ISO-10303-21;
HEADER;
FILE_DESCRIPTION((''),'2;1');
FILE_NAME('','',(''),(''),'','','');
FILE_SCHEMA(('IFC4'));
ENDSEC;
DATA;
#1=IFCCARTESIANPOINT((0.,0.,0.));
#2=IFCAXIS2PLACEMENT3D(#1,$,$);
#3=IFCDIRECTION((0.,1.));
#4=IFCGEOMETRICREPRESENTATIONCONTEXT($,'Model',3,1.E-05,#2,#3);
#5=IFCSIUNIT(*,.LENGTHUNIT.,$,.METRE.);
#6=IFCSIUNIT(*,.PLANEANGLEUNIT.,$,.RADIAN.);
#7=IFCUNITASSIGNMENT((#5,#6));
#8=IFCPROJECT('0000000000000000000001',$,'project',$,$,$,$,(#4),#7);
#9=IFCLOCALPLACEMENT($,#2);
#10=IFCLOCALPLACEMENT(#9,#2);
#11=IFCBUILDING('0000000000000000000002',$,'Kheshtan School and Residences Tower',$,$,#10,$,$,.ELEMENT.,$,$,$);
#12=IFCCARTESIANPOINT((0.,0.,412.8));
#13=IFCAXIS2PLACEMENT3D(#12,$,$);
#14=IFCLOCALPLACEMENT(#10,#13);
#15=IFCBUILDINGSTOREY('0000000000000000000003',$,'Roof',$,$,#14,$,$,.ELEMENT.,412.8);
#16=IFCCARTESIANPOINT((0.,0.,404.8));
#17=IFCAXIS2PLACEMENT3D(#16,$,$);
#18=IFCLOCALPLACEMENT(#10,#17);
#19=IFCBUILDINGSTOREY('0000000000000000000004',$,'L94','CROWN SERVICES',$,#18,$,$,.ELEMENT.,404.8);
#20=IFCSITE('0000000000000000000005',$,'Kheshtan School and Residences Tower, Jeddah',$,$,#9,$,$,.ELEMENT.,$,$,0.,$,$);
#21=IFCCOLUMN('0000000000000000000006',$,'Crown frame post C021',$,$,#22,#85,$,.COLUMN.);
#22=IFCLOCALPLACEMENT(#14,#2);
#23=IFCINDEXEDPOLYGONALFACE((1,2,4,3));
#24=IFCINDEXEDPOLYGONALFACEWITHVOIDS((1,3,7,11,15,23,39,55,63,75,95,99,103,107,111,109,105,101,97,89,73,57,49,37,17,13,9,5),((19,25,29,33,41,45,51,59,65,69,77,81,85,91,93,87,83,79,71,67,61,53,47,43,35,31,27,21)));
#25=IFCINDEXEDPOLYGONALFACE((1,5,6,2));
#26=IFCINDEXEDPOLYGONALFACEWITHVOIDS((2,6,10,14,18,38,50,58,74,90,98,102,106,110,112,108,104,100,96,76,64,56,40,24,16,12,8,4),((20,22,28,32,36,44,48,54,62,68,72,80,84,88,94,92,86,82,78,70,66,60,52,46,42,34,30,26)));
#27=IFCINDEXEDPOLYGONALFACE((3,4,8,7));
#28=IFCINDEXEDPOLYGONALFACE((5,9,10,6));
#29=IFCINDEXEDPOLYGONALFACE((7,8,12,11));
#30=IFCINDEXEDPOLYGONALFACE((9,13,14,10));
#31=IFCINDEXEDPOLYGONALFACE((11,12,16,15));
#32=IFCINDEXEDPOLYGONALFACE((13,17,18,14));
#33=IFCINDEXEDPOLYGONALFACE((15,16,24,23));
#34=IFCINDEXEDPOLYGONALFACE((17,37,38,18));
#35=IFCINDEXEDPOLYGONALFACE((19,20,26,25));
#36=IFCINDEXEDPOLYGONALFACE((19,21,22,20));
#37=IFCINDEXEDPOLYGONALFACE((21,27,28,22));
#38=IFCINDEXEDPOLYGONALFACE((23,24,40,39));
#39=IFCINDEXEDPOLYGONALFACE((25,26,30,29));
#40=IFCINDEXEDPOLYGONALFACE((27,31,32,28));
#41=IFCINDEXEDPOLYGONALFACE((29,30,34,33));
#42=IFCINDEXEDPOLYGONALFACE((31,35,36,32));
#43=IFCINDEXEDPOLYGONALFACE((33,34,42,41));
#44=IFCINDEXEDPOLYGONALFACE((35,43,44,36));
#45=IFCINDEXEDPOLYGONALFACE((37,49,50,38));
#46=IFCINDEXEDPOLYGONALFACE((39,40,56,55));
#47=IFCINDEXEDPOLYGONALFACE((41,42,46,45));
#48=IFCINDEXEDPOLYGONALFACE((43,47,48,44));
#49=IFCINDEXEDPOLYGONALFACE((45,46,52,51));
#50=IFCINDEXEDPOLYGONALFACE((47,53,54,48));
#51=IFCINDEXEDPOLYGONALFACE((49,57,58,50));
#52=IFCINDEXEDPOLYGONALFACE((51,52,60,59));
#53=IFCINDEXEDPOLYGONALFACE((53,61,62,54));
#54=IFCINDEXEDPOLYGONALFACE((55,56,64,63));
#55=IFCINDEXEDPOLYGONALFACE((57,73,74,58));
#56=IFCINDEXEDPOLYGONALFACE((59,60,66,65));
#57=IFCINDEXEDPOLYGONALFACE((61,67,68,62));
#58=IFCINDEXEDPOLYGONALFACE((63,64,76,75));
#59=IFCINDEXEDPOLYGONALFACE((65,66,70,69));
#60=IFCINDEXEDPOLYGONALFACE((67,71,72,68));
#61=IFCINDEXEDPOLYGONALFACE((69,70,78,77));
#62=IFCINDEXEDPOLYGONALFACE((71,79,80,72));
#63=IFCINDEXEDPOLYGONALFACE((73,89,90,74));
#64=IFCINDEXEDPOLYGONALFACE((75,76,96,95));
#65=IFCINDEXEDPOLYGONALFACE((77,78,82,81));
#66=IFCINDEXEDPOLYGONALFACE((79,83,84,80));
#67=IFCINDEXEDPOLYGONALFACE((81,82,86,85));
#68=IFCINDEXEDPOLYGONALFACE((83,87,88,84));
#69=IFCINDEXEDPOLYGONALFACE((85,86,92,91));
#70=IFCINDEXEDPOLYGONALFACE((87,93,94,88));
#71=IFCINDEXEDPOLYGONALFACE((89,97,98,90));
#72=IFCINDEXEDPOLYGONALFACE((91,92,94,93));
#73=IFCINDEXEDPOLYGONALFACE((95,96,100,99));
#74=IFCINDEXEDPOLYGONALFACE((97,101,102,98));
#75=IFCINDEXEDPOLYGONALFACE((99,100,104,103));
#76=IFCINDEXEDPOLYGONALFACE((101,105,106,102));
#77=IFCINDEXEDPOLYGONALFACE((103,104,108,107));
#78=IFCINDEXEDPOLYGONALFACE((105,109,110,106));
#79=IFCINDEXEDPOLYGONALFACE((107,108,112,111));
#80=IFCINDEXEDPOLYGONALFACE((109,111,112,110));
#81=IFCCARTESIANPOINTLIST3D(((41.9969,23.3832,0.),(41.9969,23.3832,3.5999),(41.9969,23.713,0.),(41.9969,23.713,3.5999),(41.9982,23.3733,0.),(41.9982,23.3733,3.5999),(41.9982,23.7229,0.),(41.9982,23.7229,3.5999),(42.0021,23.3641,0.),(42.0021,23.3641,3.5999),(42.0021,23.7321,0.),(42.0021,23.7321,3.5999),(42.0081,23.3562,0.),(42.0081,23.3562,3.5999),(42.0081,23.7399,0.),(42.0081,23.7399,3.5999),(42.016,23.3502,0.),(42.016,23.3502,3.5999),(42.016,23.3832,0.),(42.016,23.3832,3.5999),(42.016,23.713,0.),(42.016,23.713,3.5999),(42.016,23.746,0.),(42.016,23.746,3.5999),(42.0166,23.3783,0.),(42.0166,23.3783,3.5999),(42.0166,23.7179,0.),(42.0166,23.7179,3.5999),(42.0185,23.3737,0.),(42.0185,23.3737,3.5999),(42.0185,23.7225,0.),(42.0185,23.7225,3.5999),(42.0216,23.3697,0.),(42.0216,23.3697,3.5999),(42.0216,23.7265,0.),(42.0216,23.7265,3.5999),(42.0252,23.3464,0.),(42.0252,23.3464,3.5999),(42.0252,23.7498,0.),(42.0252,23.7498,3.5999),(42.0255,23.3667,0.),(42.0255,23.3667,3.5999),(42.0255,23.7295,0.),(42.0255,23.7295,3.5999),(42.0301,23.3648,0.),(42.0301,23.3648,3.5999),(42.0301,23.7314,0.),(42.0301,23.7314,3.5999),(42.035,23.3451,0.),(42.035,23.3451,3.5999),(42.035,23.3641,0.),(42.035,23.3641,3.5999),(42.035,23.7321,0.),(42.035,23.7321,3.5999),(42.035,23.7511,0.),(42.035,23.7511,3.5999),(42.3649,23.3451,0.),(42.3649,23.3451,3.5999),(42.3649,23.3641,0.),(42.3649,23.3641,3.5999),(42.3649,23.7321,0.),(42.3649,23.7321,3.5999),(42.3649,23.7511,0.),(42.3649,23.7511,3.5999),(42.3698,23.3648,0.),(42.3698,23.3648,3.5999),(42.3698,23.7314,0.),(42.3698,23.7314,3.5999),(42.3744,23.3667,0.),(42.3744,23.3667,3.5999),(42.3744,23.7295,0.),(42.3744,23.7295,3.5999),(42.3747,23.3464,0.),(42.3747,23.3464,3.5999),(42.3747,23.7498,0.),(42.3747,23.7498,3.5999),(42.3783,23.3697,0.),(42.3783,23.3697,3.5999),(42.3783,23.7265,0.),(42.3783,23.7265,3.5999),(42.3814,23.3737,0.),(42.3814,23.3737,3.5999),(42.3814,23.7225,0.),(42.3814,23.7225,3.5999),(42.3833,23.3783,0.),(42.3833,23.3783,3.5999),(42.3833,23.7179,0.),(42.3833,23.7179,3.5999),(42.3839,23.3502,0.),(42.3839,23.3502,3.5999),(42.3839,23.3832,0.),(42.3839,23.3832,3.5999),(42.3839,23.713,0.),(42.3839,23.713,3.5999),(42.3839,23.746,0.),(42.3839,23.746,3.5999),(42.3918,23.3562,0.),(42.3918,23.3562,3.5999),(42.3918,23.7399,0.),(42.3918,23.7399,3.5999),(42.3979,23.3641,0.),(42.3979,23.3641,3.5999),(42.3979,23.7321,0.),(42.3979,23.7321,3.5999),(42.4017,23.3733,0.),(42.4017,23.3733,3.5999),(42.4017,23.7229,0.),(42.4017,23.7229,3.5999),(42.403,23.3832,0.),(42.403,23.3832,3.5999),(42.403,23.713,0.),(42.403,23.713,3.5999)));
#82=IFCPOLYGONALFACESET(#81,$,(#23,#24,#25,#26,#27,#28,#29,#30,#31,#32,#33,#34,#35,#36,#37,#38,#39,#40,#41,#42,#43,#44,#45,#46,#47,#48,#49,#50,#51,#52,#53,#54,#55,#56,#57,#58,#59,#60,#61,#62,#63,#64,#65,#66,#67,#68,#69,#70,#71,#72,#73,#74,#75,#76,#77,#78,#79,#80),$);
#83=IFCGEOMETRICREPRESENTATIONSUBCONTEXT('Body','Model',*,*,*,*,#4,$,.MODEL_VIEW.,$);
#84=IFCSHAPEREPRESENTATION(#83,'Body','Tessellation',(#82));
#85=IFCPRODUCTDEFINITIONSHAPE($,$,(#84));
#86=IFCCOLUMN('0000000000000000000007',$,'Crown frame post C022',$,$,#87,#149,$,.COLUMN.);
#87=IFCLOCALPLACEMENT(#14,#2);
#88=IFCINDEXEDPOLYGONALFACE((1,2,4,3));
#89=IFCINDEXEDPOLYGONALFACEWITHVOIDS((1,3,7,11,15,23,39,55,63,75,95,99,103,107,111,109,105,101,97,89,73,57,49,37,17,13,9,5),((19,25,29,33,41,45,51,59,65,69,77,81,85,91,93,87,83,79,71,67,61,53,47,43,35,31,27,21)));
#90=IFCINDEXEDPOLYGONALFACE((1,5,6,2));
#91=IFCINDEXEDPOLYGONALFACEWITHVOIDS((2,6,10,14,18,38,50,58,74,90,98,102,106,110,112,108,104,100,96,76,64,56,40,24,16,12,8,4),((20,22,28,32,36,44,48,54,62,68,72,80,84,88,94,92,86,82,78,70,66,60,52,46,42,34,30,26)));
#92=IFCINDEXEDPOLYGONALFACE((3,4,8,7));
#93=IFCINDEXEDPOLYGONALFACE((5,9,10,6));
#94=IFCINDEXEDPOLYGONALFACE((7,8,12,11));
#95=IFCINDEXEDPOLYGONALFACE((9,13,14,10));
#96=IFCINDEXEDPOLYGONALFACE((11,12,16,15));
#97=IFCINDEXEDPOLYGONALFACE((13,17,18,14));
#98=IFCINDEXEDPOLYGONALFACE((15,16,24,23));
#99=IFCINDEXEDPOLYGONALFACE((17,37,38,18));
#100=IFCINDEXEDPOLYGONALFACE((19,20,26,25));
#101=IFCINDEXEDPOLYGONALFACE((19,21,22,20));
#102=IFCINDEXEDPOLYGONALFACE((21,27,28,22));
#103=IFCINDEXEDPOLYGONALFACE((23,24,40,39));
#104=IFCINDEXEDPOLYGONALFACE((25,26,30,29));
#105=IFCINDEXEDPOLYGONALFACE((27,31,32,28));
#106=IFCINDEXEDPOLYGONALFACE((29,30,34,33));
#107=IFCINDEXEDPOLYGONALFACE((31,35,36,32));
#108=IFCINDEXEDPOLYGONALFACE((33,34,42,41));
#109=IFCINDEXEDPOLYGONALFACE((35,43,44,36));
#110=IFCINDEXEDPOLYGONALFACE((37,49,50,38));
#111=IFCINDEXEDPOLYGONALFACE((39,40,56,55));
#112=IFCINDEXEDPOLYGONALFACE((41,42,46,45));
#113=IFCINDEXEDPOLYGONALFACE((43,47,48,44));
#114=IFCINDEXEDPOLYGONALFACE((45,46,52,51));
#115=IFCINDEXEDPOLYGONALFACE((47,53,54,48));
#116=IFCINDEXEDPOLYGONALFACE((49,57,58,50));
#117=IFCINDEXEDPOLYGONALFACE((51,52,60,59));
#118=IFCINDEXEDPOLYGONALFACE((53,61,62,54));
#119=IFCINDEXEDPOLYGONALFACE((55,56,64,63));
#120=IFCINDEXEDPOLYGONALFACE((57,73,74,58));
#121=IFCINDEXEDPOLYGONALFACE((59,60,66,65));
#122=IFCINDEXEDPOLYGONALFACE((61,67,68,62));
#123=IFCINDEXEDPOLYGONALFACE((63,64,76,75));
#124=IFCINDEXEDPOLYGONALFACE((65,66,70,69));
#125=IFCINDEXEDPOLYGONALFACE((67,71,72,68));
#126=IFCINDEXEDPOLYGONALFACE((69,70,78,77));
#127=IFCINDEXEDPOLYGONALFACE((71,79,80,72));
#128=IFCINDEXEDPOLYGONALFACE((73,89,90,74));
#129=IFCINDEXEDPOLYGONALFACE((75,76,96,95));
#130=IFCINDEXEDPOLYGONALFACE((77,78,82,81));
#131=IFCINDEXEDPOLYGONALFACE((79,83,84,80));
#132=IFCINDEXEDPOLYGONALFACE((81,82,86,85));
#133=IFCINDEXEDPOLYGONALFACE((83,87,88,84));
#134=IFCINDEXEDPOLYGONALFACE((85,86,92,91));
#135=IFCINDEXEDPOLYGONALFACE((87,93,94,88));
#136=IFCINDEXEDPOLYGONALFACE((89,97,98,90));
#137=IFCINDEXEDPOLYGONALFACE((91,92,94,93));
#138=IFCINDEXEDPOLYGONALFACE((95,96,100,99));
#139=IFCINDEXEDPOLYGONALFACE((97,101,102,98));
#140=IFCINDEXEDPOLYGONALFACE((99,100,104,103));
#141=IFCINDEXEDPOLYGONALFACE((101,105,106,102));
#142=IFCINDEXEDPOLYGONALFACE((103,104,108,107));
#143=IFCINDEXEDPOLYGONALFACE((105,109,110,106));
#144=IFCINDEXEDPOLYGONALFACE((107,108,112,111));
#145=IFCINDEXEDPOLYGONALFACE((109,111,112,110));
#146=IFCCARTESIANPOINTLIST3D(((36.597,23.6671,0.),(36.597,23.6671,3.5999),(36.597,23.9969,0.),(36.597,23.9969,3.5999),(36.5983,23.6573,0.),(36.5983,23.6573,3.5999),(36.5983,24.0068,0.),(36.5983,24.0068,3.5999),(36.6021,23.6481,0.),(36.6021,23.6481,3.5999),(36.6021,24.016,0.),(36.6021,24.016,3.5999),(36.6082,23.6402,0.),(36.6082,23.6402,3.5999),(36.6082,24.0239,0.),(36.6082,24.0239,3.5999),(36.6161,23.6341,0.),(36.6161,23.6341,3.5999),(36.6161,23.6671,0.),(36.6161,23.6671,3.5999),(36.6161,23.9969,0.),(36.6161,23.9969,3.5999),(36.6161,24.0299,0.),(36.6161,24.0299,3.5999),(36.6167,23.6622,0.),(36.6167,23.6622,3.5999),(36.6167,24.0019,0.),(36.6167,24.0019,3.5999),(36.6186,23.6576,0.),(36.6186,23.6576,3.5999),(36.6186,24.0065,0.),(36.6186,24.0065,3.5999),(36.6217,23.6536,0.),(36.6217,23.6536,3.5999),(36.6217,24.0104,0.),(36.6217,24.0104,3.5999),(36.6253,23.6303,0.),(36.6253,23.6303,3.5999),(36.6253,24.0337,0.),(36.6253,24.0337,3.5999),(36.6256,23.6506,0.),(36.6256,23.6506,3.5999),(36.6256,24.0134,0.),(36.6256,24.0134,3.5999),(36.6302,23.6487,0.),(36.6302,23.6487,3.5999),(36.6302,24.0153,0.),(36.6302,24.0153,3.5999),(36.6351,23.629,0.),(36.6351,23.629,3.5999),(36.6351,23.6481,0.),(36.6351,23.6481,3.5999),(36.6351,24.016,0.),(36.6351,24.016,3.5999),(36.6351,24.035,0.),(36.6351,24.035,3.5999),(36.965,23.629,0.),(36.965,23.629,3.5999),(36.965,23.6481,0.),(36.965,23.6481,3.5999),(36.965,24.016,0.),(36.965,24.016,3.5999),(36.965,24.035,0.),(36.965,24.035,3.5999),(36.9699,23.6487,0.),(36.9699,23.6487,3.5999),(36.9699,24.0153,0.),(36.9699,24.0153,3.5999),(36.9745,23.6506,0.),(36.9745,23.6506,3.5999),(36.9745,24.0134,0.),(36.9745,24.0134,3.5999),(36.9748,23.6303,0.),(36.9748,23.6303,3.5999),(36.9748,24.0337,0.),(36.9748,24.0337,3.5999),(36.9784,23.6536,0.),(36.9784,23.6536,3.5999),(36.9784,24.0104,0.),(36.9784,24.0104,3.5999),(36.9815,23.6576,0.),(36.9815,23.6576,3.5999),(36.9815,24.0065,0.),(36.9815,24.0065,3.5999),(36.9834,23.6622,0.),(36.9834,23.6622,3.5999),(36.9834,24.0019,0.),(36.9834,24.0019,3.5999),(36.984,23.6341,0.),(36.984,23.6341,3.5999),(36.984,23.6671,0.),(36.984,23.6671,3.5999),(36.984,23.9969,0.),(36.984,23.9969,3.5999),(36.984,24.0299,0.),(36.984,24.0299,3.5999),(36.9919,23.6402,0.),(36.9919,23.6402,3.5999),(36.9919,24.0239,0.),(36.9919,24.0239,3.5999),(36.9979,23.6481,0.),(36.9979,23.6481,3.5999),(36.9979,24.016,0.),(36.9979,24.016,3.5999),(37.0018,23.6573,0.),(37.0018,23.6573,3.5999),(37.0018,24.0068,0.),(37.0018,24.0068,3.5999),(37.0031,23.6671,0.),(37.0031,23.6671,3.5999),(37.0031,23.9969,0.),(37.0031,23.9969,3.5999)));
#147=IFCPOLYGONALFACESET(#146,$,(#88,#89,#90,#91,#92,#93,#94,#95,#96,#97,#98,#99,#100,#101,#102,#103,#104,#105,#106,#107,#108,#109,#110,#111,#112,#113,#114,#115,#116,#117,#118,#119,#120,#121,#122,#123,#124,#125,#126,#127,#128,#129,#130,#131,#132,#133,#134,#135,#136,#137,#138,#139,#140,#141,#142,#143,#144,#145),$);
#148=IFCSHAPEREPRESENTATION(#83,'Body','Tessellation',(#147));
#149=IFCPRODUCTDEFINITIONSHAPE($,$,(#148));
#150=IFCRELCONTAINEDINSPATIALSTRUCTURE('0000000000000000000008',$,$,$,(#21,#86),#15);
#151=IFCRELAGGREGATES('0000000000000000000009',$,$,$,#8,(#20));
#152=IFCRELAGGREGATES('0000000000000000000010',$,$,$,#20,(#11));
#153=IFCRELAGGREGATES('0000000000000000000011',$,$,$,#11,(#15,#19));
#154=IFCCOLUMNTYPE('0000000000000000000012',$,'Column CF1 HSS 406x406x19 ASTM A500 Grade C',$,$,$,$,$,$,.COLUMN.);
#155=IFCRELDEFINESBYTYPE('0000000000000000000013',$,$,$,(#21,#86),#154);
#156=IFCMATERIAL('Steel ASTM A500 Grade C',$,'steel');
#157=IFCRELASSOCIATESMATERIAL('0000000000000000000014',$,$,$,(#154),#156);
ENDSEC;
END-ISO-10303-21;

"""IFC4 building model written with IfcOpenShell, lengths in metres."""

from ifc_helpers import new_model, si_unit, direction, frame, origin, origin_2d, place, context, subcontext, project, spatial, hollow_rectangle, extrude, material, material_profile, profile_set, type_object, element, save


model = new_model("IFC4")

# Units and contexts
model_context = context("Model", 3, precision=1e-05, world=origin(), true_north=direction((0.0, 1.0)))
body_context = subcontext(model_context, "Body", "Model", "MODEL_VIEW")
ifc_project = project(units=[si_unit("LENGTHUNIT", "METRE"), si_unit("PLANEANGLEUNIT", "RADIAN")], contexts=[model_context])

# Site, building, storey
site_placement = place(None, origin())
site = spatial("IfcSite", under=ifc_project, at=site_placement, Name="Kheshtan School and Residences Tower, Jeddah", CompositionType="ELEMENT", RefElevation=0.0)
building_placement = place(site_placement, origin())
building = spatial("IfcBuilding", under=site, at=building_placement, Name="Kheshtan School and Residences Tower", CompositionType="ELEMENT")
storey_1_placement = place(building_placement, frame((0.0, 0.0, 412.8)))
storey_1 = spatial("IfcBuildingStorey", under=building, at=storey_1_placement, Name="Roof", CompositionType="ELEMENT", Elevation=412.8)

# Columns
ifc_material_1 = material(Name="Steel ASTM A500 Grade C", Category="steel")
ifc_material_profile = material_profile(ifc_material_1, hollow_rectangle(XDim=0.406, YDim=0.406, WallThickness=0.019, InnerFilletRadius=0.019, OuterFilletRadius=0.0381, at=origin_2d()), Name="HSS 406x406x19")
ifc_profile_set = profile_set([ifc_material_profile], Name="Steel ASTM A500 Grade C")
column_type = type_object("IfcColumnType", Name="Column CF1 HSS 406x406x19 ASTM A500 Grade C", PredefinedType="COLUMN", material=ifc_profile_set)
for number, where, z_axis, x_axis, name in (
    (1, (42.2, 23.5481, 0.0), (0.0, 0.0, 1.0), (1.0, 0.0, 0.0), "Crown frame post C021"),
    (2, (36.8, 23.832, 0.0), (0.0, 0.0, 1.0), (1.0, 0.0, 0.0), "Crown frame post C022"),
):
    element("IfcColumn", number, at=place(storey_1_placement, frame(where, z_axis=z_axis, x_axis=x_axis)), inside=storey_1, type_object=column_type, Name=name, PredefinedType="COLUMN", context=body_context, shape_type="SweptSolid", body=[
        extrude(hollow_rectangle(XDim=0.406, YDim=0.406, WallThickness=0.019, InnerFilletRadius=0.019, OuterFilletRadius=0.0381, at=origin_2d()), origin(), (0.0, 0.0, 1.0), 3.5999),
    ])

# Shared definitions
storey_2_placement = place(building_placement, frame((0.0, 0.0, 404.8)))
storey_2 = spatial("IfcBuildingStorey", under=building, at=storey_2_placement, Name="L94", Description="CROWN SERVICES", CompositionType="ELEMENT", Elevation=404.8)

save(model, "model.ifc")
